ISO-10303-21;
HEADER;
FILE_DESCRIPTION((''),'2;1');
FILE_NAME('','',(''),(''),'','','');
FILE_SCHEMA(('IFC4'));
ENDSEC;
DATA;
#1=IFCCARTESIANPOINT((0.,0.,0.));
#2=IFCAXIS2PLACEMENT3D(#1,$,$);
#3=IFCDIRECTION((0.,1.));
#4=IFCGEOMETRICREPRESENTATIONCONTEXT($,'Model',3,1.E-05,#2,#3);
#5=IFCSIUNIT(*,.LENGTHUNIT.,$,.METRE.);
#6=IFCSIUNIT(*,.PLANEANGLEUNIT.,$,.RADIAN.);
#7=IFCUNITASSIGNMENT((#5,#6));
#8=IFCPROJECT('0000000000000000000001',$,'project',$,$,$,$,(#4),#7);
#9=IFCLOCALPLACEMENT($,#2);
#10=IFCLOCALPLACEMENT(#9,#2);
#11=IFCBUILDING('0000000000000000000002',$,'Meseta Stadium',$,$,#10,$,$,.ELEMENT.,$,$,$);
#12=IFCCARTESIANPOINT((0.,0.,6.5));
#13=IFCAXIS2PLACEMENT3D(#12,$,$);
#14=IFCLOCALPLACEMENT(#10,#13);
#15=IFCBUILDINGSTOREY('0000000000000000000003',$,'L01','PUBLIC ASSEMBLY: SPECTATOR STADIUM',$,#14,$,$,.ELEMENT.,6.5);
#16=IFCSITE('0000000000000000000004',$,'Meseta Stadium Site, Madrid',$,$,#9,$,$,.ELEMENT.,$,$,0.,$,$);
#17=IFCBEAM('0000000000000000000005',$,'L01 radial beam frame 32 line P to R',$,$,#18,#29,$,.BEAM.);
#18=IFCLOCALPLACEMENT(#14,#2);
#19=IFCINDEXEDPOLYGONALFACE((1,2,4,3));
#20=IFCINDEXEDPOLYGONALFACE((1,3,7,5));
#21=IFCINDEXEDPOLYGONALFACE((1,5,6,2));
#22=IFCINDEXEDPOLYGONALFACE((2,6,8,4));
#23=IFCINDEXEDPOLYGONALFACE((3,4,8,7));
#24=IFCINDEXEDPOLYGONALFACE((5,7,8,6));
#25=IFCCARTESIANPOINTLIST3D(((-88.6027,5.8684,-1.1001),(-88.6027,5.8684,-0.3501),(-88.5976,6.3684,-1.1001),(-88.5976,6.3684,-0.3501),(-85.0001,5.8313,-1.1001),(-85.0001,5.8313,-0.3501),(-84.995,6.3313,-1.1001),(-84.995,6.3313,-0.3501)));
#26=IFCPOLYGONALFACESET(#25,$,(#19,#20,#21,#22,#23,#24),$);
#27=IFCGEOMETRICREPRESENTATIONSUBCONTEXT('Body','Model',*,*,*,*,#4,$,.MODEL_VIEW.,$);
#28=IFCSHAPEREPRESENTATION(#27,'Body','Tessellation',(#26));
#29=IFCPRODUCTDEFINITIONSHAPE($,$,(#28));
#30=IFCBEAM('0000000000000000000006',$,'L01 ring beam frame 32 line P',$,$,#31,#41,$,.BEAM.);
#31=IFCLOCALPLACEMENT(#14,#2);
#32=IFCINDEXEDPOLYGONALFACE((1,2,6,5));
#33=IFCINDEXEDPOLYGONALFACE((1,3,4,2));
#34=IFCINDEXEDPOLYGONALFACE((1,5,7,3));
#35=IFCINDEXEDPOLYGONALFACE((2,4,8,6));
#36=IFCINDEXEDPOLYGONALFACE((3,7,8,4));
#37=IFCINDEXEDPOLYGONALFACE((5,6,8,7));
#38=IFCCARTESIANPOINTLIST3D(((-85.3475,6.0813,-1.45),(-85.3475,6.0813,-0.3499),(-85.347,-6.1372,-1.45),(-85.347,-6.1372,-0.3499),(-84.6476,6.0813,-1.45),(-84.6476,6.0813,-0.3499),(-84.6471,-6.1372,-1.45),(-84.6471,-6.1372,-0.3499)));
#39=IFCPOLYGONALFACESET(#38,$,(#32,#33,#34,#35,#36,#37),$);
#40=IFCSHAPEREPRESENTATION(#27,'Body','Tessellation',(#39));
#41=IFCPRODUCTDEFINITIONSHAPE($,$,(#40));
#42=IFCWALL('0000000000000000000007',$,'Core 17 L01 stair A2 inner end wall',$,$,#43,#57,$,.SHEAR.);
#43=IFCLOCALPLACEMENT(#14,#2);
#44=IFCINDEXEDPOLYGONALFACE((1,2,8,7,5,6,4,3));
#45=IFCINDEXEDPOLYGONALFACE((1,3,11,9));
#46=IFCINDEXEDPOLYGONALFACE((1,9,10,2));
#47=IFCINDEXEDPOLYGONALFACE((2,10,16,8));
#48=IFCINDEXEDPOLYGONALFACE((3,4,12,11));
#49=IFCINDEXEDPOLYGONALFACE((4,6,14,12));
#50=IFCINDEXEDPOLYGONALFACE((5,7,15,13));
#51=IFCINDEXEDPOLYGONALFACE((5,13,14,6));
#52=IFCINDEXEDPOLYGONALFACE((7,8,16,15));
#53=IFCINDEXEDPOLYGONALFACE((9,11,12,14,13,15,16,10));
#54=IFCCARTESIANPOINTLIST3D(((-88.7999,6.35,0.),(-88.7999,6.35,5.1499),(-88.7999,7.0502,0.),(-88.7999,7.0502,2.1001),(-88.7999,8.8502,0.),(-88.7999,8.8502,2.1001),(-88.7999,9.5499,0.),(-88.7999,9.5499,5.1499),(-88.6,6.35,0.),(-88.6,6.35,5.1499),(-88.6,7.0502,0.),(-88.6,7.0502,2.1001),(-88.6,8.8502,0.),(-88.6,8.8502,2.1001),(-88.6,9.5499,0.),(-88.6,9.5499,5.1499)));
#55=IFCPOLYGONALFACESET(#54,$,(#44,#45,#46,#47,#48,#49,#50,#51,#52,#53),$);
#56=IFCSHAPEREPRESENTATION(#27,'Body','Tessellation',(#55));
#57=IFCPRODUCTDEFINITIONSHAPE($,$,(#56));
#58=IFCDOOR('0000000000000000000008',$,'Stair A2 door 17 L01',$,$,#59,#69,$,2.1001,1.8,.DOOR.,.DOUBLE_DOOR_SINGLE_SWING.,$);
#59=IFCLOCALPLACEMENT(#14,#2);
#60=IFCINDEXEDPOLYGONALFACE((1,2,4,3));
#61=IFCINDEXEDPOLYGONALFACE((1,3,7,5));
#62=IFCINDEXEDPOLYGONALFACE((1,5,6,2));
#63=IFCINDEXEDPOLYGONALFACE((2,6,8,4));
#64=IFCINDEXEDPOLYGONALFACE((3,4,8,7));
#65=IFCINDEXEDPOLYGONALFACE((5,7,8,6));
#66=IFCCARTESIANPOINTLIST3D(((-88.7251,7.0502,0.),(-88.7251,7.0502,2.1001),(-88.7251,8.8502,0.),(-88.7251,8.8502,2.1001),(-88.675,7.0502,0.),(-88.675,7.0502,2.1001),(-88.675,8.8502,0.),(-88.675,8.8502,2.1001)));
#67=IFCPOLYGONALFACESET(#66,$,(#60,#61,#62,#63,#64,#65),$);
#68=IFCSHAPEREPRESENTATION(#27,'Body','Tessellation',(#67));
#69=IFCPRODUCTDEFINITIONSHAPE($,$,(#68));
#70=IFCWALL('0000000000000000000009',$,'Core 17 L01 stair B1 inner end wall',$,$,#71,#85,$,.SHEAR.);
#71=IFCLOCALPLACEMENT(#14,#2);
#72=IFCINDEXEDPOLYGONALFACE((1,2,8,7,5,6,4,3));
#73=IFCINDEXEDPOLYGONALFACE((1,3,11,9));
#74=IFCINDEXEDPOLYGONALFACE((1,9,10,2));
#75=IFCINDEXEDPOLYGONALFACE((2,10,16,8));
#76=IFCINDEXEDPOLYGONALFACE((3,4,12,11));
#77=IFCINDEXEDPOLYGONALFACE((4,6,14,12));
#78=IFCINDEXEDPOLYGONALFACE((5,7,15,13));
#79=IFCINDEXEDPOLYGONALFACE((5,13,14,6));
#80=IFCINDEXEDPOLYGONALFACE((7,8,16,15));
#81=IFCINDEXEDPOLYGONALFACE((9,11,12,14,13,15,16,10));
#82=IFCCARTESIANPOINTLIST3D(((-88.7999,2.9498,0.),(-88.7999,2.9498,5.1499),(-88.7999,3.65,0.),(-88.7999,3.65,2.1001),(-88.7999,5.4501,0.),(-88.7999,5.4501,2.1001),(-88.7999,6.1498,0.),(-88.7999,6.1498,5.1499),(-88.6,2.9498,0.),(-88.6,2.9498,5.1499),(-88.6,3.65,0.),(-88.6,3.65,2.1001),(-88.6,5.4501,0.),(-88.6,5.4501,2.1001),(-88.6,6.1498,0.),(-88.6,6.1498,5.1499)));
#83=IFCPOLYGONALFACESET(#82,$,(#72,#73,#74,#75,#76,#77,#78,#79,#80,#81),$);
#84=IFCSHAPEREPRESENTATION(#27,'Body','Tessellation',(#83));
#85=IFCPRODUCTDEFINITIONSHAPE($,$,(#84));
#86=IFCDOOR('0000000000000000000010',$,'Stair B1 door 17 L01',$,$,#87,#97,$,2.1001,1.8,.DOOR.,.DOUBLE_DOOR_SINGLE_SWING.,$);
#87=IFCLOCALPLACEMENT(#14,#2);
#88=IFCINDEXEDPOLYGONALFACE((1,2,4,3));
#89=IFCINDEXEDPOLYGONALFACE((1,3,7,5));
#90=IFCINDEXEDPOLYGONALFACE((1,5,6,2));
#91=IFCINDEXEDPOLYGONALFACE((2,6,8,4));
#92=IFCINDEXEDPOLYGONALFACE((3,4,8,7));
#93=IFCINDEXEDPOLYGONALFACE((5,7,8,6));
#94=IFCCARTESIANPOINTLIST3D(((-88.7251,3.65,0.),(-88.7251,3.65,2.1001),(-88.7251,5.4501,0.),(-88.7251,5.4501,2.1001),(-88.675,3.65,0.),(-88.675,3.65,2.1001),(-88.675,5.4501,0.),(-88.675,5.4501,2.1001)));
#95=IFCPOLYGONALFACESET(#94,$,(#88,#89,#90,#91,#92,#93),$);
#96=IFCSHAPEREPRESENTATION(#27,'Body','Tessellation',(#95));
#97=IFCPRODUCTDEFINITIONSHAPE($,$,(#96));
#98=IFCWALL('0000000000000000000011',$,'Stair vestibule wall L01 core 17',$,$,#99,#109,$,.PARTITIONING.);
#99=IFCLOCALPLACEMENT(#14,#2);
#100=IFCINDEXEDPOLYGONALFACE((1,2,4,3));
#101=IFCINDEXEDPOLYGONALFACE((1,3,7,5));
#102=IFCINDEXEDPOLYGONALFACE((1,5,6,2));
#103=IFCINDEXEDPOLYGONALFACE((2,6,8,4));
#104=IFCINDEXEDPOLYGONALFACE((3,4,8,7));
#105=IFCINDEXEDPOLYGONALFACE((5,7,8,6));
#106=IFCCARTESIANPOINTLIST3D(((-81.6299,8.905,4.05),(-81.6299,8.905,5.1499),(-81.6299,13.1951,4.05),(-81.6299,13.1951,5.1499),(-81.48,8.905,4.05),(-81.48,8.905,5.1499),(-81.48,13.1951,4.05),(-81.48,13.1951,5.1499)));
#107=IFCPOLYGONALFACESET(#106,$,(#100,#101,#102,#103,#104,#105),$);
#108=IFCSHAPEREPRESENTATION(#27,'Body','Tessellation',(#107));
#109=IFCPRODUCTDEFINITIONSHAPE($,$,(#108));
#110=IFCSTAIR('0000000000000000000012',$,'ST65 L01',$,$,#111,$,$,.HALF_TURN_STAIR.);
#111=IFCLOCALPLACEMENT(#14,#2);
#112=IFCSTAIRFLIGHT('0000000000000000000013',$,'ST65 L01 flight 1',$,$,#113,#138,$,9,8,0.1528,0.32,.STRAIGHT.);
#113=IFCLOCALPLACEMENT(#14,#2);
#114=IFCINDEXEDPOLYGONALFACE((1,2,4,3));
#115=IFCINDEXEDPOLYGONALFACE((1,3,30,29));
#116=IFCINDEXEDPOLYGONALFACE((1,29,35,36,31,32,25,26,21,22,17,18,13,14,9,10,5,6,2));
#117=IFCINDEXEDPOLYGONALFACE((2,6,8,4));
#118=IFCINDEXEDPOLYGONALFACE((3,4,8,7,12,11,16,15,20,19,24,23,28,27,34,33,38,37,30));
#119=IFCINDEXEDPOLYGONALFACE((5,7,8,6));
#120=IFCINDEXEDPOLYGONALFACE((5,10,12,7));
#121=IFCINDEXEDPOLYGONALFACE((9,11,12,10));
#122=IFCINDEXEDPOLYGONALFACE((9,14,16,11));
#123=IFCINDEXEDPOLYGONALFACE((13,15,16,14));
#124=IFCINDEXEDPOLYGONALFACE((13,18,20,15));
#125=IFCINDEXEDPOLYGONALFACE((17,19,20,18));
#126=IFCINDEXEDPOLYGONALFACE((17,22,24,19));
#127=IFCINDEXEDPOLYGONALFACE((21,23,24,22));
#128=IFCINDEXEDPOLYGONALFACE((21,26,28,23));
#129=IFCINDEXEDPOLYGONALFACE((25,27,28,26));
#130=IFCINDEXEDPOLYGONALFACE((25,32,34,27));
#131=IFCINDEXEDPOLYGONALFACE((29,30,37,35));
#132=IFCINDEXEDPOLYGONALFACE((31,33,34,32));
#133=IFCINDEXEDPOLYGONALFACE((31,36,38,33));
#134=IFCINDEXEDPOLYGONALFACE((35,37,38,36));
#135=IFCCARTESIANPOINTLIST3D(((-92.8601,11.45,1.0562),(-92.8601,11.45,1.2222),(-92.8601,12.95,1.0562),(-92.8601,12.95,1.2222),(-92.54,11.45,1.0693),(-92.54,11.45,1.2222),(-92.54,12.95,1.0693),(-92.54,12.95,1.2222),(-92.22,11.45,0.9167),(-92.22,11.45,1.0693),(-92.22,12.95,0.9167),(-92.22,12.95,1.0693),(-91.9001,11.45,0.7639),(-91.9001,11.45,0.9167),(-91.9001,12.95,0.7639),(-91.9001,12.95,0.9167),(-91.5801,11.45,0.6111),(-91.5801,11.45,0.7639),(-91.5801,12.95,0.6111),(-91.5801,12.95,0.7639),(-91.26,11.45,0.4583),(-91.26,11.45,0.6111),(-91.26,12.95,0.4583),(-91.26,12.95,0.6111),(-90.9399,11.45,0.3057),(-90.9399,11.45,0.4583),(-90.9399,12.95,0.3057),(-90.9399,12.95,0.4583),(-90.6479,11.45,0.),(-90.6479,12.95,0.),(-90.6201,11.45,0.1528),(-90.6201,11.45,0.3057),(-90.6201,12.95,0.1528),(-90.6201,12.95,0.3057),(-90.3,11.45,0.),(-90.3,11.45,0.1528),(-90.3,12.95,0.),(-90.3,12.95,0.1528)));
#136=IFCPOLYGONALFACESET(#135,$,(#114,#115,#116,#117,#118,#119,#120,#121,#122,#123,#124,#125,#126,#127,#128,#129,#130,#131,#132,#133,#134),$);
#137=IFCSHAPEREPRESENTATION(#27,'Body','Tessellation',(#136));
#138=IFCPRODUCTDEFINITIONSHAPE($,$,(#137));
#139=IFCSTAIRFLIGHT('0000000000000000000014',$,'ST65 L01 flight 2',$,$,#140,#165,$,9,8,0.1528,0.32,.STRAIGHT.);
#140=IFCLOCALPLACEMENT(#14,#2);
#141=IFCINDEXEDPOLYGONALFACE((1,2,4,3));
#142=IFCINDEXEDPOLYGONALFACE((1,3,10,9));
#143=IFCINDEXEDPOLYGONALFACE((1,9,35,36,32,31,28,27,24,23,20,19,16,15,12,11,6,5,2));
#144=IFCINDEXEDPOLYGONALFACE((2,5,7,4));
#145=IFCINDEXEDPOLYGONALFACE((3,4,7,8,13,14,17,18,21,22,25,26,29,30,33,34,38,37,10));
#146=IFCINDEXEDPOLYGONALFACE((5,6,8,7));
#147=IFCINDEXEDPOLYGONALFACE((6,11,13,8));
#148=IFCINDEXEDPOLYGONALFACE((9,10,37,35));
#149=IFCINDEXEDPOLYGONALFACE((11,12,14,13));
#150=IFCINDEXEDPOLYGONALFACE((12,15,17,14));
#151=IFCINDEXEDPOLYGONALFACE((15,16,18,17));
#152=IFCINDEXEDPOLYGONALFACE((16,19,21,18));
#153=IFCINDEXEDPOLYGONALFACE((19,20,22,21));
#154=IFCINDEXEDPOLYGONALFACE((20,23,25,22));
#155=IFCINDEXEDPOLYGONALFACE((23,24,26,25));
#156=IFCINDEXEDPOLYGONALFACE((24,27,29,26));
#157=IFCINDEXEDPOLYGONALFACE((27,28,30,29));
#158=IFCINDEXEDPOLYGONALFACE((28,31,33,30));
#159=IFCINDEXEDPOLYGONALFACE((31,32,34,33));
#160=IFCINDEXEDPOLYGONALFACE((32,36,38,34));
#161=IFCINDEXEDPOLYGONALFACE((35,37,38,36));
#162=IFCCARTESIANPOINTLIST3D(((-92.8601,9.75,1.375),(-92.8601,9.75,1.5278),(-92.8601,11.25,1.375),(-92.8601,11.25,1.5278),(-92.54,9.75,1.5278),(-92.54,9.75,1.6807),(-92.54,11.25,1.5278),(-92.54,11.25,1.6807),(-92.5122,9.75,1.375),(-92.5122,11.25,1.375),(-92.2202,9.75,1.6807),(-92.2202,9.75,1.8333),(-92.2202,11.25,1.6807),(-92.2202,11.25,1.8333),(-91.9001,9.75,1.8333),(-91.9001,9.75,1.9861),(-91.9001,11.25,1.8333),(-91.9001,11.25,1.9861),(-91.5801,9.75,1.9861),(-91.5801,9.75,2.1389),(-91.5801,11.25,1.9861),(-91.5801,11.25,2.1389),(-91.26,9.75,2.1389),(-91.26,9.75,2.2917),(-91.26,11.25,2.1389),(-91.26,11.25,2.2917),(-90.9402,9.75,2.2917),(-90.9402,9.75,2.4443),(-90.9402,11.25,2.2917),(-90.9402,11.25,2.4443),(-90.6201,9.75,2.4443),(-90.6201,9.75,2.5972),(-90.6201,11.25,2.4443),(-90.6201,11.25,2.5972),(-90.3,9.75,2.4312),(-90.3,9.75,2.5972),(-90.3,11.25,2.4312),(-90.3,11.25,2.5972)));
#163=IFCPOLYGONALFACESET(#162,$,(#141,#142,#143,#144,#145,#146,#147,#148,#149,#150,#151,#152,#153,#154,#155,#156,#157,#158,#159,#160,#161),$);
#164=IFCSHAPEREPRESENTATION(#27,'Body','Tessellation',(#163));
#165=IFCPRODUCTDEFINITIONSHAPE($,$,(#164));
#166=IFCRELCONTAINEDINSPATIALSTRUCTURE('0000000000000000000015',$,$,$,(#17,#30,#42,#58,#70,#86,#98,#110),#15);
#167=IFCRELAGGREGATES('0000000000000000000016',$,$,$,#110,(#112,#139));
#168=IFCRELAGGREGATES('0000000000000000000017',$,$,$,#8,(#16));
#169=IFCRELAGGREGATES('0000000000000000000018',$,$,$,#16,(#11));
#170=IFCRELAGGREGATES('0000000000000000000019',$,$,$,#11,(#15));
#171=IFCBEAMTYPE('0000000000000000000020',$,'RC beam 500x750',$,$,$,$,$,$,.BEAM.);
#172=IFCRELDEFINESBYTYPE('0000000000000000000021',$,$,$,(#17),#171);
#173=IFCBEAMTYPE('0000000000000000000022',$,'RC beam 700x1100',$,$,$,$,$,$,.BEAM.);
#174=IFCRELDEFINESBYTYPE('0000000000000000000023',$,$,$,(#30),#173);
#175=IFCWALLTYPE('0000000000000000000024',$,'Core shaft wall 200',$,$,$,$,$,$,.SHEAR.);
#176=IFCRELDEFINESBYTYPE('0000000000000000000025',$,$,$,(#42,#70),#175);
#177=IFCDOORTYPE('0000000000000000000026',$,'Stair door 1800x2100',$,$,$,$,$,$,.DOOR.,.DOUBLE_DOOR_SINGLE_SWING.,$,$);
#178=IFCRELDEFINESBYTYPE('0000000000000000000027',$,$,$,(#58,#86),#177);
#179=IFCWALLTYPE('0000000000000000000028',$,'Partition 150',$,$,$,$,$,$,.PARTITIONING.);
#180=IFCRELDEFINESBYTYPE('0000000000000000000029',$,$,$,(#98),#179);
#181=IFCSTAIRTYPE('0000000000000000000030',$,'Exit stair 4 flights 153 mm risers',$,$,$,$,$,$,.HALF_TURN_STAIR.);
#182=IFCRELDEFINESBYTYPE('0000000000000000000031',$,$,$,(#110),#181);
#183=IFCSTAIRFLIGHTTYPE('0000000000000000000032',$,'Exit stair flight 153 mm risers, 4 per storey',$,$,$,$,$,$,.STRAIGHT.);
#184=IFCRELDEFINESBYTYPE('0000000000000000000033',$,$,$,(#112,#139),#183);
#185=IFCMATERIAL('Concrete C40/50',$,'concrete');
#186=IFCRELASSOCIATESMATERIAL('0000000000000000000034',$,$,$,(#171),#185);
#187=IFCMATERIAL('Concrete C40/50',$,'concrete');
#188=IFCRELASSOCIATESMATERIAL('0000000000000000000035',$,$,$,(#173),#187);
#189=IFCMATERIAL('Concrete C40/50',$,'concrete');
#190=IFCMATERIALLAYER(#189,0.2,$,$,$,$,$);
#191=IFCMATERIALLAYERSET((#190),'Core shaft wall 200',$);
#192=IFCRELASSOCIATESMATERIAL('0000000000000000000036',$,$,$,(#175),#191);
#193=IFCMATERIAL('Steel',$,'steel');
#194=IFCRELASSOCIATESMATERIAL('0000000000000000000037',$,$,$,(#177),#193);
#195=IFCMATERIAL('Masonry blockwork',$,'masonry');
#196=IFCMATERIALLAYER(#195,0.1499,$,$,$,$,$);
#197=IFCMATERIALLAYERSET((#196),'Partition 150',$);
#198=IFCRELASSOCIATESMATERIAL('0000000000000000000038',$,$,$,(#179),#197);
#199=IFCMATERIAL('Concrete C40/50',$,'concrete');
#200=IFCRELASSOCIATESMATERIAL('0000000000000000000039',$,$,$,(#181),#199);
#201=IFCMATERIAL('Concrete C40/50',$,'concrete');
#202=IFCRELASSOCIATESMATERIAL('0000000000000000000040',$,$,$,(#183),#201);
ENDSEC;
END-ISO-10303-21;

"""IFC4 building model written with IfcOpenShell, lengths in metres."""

from ifc_helpers import new_model, si_unit, direction, frame, frame_2d, origin, origin_2d, place, context, subcontext, project, spatial, polyline, rectangle, outline, extrude, material, layer, layer_set, material_profile, profile_set, type_object, element, fill, aggregate, save


model = new_model("IFC4")

# Units and contexts
model_context = context("Model", 3, precision=1e-05, world=origin(), true_north=direction((0.0, 1.0)))
body_context = subcontext(model_context, "Body", "Model", "MODEL_VIEW")
ifc_project = project(units=[si_unit("LENGTHUNIT", "METRE"), si_unit("PLANEANGLEUNIT", "RADIAN")], contexts=[model_context])

# Site, building, storey
site_placement = place(None, origin())
site = spatial("IfcSite", under=ifc_project, at=site_placement, Name="Meseta Stadium Site, Madrid", CompositionType="ELEMENT", RefElevation=0.0)
building_placement = place(site_placement, origin())
building = spatial("IfcBuilding", under=site, at=building_placement, Name="Meseta Stadium", CompositionType="ELEMENT")
storey_placement = place(building_placement, frame((0.0, 0.0, 6.5)))
storey = spatial("IfcBuildingStorey", under=building, at=storey_placement, Name="L01", Description="PUBLIC ASSEMBLY: SPECTATOR STADIUM", CompositionType="ELEMENT", Elevation=6.5)

# Beams
ifc_material_1 = material(Name="Concrete C40/50", Category="concrete")
ifc_material_profile_1 = material_profile(ifc_material_1, rectangle(XDim=0.5, YDim=0.75, at=origin_2d()), Name="RC 500x750")
ifc_profile_set_1 = profile_set([ifc_material_profile_1], Name="Concrete C40/50")
beam_type_1 = type_object("IfcBeamType", Name="RC beam 500x750", PredefinedType="BEAM", material=ifc_profile_set_1)
beam_1_placement = place(storey_placement, frame((-84.9976, 6.0813, -0.7251), z_axis=(-0.999947, 0.0103, 0.0), x_axis=(-0.0103, -0.999947, 0.0)))
element("IfcBeam", 1, at=beam_1_placement, inside=storey, type_object=beam_type_1, Name="L01 radial beam frame 32 line P to R", PredefinedType="BEAM", context=body_context, shape_type="SweptSolid", body=[
    extrude(rectangle(XDim=0.5, YDim=0.75, at=origin_2d()), origin(), (0.0, 0.0, 1.0), 3.6028),
])
ifc_material_2 = material(Name="Concrete C40/50", Category="concrete")
ifc_material_profile_2 = material_profile(ifc_material_2, rectangle(XDim=0.7, YDim=1.1001, at=origin_2d()), Name="RC 700x1100")
ifc_profile_set_2 = profile_set([ifc_material_profile_2], Name="Concrete C40/50")
beam_type_2 = type_object("IfcBeamType", Name="RC beam 700x1100", PredefinedType="BEAM", material=ifc_profile_set_2)
beam_2_placement = place(storey_placement, frame((-84.9976, 6.0813, -0.8999), z_axis=(0.00004, -1.0, 0.0), x_axis=(1.0, 0.00004, 0.0)))
element("IfcBeam", 2, at=beam_2_placement, inside=storey, type_object=beam_type_2, Name="L01 ring beam frame 32 line P", PredefinedType="BEAM", context=body_context, shape_type="SweptSolid", body=[
    extrude(rectangle(XDim=0.7, YDim=1.1001, at=origin_2d()), origin(), (0.0, 0.0, 1.0), 12.2185),
])

# Walls, openings, doors
ifc_material_3 = material(Name="Concrete C40/50", Category="concrete")
ifc_layer_1 = layer(ifc_material_3, 0.2)
ifc_layer_set_1 = layer_set([ifc_layer_1], Name="Core shaft wall 200")
wall_type_1 = type_object("IfcWallType", Name="Core shaft wall 200", PredefinedType="SHEAR", material=ifc_layer_set_1)
wall_1_placement = place(storey_placement, frame((-88.7, 9.55, 0.0), z_axis=(0.0, 0.0, 1.0), x_axis=(0.0, -1.0, 0.0)))
wall_1 = element("IfcWall", 3, at=wall_1_placement, inside=storey, type_object=wall_type_1, Name="Core 17 L01 stair A2 inner end wall", PredefinedType="SHEAR", context=body_context, shape_type="SweptSolid", body=[
    extrude(rectangle(XDim=3.2, YDim=0.2, at=frame_2d((1.6001, 0.0))), origin(), (0.0, 0.0, 1.0), 5.1499),
])
opening_1_placement = place(wall_1_placement, frame((0.7, 0.0, 0.0)))
opening_1 = element("IfcOpeningElement", 4, at=opening_1_placement, cuts=wall_1, PredefinedType="OPENING", context=body_context, shape_type="SweptSolid", body=[
    extrude(rectangle(XDim=1.8, YDim=2.1001, at=frame_2d((0.8999, 1.05))), frame((0.0, 0.1099, 0.0), z_axis=(0.0, -1.0, 0.0), x_axis=(1.0, 0.0, 0.0)), (0.0, 0.0, 1.0), 0.22),
])
ifc_material_4 = material(Name="Steel", Category="steel")
door_type = type_object("IfcDoorType", Name="Stair door 1800x2100", OperationType="DOUBLE_DOOR_SINGLE_SWING", PredefinedType="DOOR", material=ifc_material_4)
door_1_placement = place(opening_1_placement, origin())
door_1 = element("IfcDoor", 5, at=door_1_placement, inside=storey, type_object=door_type, Name="Stair A2 door 17 L01", OperationType="DOUBLE_DOOR_SINGLE_SWING", OverallHeight=2.1001, OverallWidth=1.8, PredefinedType="DOOR", context=body_context, shape_type="SweptSolid", body=[
    extrude(rectangle(XDim=1.8, YDim=2.1001, at=frame_2d((0.8999, 1.05))), frame((0.0, 0.0249, 0.0), z_axis=(0.0, -1.0, 0.0), x_axis=(1.0, 0.0, 0.0)), (0.0, 0.0, 1.0), 0.05),
])
fill(opening_1, door_1)
wall_2_placement = place(storey_placement, frame((-88.7, 6.1499, 0.0), z_axis=(0.0, 0.0, 1.0), x_axis=(0.0, -1.0, 0.0)))
wall_2 = element("IfcWall", 6, at=wall_2_placement, inside=storey, type_object=wall_type_1, Name="Core 17 L01 stair B1 inner end wall", PredefinedType="SHEAR", context=body_context, shape_type="SweptSolid", body=[
    extrude(rectangle(XDim=3.2, YDim=0.2, at=frame_2d((1.6001, 0.0))), origin(), (0.0, 0.0, 1.0), 5.1499),
])
opening_2_placement = place(wall_2_placement, frame((0.7, 0.0, 0.0)))
opening_2 = element("IfcOpeningElement", 7, at=opening_2_placement, cuts=wall_2, PredefinedType="OPENING", context=body_context, shape_type="SweptSolid", body=[
    extrude(rectangle(XDim=1.8, YDim=2.1001, at=frame_2d((0.8999, 1.05))), frame((0.0, 0.1099, 0.0), z_axis=(0.0, -1.0, 0.0), x_axis=(1.0, 0.0, 0.0)), (0.0, 0.0, 1.0), 0.22),
])
door_2_placement = place(opening_2_placement, origin())
door_2 = element("IfcDoor", 8, at=door_2_placement, inside=storey, type_object=door_type, Name="Stair B1 door 17 L01", OperationType="DOUBLE_DOOR_SINGLE_SWING", OverallHeight=2.1001, OverallWidth=1.8, PredefinedType="DOOR", context=body_context, shape_type="SweptSolid", body=[
    extrude(rectangle(XDim=1.8, YDim=2.1001, at=frame_2d((0.8999, 1.05))), frame((0.0, 0.0249, 0.0), z_axis=(0.0, -1.0, 0.0), x_axis=(1.0, 0.0, 0.0)), (0.0, 0.0, 1.0), 0.05),
])
fill(opening_2, door_2)

# Wall
ifc_material_5 = material(Name="Masonry blockwork", Category="masonry")
ifc_layer_2 = layer(ifc_material_5, 0.1499)
ifc_layer_set_2 = layer_set([ifc_layer_2], Name="Partition 150")
wall_type_2 = type_object("IfcWallType", Name="Partition 150", PredefinedType="PARTITIONING", material=ifc_layer_set_2)
wall_3_placement = place(storey_placement, frame((-81.5549, 8.905, 4.05), z_axis=(0.0, 0.0, 1.0), x_axis=(0.0, 1.0, 0.0)))
element("IfcWall", 9, at=wall_3_placement, inside=storey, type_object=wall_type_2, Name="Stair vestibule wall L01 core 17", PredefinedType="PARTITIONING", context=body_context, shape_type="SweptSolid", body=[
    extrude(rectangle(XDim=4.29, YDim=0.1499, at=frame_2d((2.145, 0.0))), origin(), (0.0, 0.0, 1.0), 1.0999),
])

# Stair, stair flights
ifc_material_6 = material(Name="Concrete C40/50", Category="concrete")
stair_type = type_object("IfcStairType", Name="Exit stair 4 flights 153 mm risers", PredefinedType="HALF_TURN_STAIR", material=ifc_material_6)
stair_1_placement = place(storey_placement, origin())
stair_1 = element("IfcStair", 10, at=stair_1_placement, inside=storey, type_object=stair_type, Name="ST65 L01", PredefinedType="HALF_TURN_STAIR")
ifc_material_7 = material(Name="Concrete C40/50", Category="concrete")
stair_flight_type = type_object("IfcStairFlightType", Name="Exit stair flight 153 mm risers, 4 per storey", PredefinedType="STRAIGHT", material=ifc_material_7)
stair_flight_1_placement = place(storey_placement, frame((-90.3, 12.2, 0.0), z_axis=(0.0, 0.0, 1.0), x_axis=(-1.0, 0.0, 0.0)))
stair_flight_1 = element("IfcStairFlight", 11, at=stair_flight_1_placement, type_object=stair_flight_type, Name="ST65 L01 flight 1", NumberOfRisers=9, NumberOfTreads=8, PredefinedType="STRAIGHT", RiserHeight=0.1528, TreadLength=0.32, context=body_context, shape_type="SweptSolid", body=[
    extrude(outline(polyline([(0.0, 0.0), (0.0, 0.1528), (0.3201, 0.1528), (0.3201, 0.3057), (0.6399, 0.3057), (0.6399, 0.4583), (0.96, 0.4583), (0.96, 0.6111), (1.28, 0.6111), (1.28, 0.7639), (1.6001, 0.7639), (1.6001, 0.9167), (1.9199, 0.9167), (1.9199, 1.0693), (2.24, 1.0693), (2.24, 1.2222), (2.5601, 1.2222), (2.5601, 1.0562), (0.3479, 0.0), (0.0, 0.0)])), frame((0.0, 0.75, 0.0), z_axis=(0.0, -1.0, 0.0), x_axis=(1.0, 0.0, 0.0)), (0.0, 0.0, 1.0), 1.5),
])
stair_flight_2_placement = place(storey_placement, frame((-92.8601, 10.5, 1.375), z_axis=(0.0, 0.0, 1.0), x_axis=(1.0, 0.0, 0.0)))
stair_flight_2 = element("IfcStairFlight", 12, at=stair_flight_2_placement, type_object=stair_flight_type, Name="ST65 L01 flight 2", NumberOfRisers=9, NumberOfTreads=8, PredefinedType="STRAIGHT", RiserHeight=0.1528, TreadLength=0.32, context=body_context, shape_type="SweptSolid", body=[
    extrude(outline(polyline([(0.0, 0.0), (0.0, 0.1528), (0.3201, 0.1528), (0.3201, 0.3057), (0.6399, 0.3057), (0.6399, 0.4583), (0.96, 0.4583), (0.96, 0.6111), (1.28, 0.6111), (1.28, 0.7639), (1.6001, 0.7639), (1.6001, 0.9167), (1.9199, 0.9167), (1.9199, 1.0693), (2.24, 1.0693), (2.24, 1.2222), (2.5601, 1.2222), (2.5601, 1.0562), (0.3479, 0.0), (0.0, 0.0)])), frame((0.0, 0.75, 0.0), z_axis=(0.0, -1.0, 0.0), x_axis=(1.0, 0.0, 0.0)), (0.0, 0.0, 1.0), 1.5),
])
aggregate(stair_1, [stair_flight_1, stair_flight_2])

save(model, "model.ifc")
